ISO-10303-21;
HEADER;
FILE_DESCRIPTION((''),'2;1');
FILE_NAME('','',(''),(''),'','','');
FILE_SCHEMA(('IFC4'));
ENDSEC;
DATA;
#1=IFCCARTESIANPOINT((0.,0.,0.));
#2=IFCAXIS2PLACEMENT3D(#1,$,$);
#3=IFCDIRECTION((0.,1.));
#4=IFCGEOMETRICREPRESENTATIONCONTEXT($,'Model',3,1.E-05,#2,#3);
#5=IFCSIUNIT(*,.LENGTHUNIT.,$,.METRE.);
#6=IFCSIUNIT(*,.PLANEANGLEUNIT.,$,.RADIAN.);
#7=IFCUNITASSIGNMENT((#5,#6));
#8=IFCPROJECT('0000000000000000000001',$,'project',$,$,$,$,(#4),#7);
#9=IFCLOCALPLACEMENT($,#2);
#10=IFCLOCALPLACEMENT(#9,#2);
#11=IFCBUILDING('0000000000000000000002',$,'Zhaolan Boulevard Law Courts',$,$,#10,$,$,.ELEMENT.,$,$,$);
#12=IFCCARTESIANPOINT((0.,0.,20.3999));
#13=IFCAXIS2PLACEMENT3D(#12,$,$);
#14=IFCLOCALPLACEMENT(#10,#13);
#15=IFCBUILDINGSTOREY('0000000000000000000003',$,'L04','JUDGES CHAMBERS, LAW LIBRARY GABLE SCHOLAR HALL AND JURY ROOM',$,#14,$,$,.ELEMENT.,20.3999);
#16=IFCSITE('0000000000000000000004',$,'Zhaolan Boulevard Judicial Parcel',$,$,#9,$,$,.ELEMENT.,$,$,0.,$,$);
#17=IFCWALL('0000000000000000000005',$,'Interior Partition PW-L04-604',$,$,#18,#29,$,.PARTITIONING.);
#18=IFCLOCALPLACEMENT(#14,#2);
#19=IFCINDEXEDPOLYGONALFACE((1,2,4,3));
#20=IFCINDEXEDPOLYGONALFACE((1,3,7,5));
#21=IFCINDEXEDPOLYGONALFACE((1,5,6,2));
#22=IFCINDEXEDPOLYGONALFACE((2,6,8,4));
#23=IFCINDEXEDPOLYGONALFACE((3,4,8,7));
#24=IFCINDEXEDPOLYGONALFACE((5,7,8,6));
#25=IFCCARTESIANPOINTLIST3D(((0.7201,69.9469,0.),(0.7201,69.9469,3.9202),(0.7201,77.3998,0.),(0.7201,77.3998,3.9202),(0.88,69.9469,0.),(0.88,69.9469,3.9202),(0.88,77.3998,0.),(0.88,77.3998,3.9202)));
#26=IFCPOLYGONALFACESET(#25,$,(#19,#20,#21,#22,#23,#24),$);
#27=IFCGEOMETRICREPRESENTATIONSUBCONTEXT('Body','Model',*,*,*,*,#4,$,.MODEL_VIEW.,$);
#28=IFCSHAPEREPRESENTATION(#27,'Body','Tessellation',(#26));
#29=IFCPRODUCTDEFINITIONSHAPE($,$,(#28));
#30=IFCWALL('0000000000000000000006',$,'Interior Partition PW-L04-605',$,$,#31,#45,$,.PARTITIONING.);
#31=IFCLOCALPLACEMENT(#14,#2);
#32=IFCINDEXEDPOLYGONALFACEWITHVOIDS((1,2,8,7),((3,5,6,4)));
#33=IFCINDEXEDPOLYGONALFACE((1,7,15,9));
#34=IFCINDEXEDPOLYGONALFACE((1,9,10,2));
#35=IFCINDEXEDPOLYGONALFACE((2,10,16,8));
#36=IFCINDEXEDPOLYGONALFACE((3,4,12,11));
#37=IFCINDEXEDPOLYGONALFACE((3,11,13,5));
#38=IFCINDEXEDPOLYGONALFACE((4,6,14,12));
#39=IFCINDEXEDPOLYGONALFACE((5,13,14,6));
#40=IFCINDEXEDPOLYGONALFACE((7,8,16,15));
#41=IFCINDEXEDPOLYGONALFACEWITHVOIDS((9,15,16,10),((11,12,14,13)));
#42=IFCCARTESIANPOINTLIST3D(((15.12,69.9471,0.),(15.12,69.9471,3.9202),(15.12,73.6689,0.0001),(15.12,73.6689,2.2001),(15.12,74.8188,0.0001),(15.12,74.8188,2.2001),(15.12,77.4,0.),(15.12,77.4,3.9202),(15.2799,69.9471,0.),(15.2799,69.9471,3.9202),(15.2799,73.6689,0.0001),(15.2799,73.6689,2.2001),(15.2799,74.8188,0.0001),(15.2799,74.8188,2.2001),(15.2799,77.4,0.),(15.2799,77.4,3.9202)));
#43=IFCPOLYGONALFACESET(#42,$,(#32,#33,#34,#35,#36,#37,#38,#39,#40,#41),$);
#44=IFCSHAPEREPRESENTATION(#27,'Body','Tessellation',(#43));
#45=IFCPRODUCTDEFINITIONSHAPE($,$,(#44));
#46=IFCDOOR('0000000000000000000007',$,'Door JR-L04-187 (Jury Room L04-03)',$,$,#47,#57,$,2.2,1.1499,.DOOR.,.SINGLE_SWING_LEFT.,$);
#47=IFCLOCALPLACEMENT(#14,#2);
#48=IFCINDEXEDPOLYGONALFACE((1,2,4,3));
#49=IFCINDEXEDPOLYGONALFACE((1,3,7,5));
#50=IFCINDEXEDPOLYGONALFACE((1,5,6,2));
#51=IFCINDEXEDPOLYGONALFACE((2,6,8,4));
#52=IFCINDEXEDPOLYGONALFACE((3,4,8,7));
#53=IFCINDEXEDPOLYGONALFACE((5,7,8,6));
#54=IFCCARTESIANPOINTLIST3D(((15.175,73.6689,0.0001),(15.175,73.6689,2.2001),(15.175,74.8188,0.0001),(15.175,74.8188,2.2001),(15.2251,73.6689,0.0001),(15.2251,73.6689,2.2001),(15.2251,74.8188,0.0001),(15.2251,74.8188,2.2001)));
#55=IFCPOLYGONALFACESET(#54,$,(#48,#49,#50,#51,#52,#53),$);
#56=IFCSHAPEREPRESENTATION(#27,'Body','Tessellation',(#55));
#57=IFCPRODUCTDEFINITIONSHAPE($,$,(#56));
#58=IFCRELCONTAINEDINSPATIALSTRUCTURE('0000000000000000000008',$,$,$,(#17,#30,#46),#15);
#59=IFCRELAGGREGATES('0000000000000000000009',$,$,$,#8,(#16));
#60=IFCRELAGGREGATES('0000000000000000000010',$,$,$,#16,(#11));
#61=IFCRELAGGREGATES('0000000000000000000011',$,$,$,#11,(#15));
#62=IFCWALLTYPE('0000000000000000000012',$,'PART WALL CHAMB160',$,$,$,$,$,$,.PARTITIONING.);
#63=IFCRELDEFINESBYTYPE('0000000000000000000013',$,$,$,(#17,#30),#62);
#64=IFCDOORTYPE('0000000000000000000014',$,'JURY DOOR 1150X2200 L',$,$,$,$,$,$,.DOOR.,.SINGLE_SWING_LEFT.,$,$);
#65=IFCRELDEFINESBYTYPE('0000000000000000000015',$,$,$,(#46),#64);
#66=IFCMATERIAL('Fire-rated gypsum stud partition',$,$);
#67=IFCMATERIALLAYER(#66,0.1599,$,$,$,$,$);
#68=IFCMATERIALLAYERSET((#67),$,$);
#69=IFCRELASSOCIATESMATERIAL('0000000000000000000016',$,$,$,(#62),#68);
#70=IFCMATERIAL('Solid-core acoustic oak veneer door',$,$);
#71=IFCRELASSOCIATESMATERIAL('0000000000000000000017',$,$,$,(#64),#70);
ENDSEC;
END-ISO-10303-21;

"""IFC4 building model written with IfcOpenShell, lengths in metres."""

from ifc_helpers import new_model, si_unit, direction, frame, frame_2d, origin, place, context, subcontext, project, spatial, rectangle, extrude, material, layer, layer_set, type_object, element, fill, save


model = new_model("IFC4")

# Units and contexts
model_context = context("Model", 3, precision=1e-05, world=origin(), true_north=direction((0.0, 1.0)))
body_context = subcontext(model_context, "Body", "Model", "MODEL_VIEW")
ifc_project = project(units=[si_unit("LENGTHUNIT", "METRE"), si_unit("PLANEANGLEUNIT", "RADIAN")], contexts=[model_context])

# Site, building, storey
site_placement = place(None, origin())
site = spatial("IfcSite", under=ifc_project, at=site_placement, Name="Zhaolan Boulevard Judicial Parcel", CompositionType="ELEMENT", RefElevation=0.0)
building_placement = place(site_placement, origin())
building = spatial("IfcBuilding", under=site, at=building_placement, Name="Zhaolan Boulevard Law Courts", CompositionType="ELEMENT")
storey_placement = place(building_placement, frame((0.0, 0.0, 20.3999)))
storey = spatial("IfcBuildingStorey", under=building, at=storey_placement, Name="L04", Description="JUDGES CHAMBERS, LAW LIBRARY GABLE SCHOLAR HALL AND JURY ROOM", CompositionType="ELEMENT", Elevation=20.3999)

# Shared definitions
ifc_material_1 = material(Name="Fire-rated gypsum stud partition")
ifc_layer_1 = layer(ifc_material_1, 0.1599)
ifc_layer_set_1 = layer_set([ifc_layer_1])
wall_type_1 = type_object("IfcWallType", Name="PART WALL CHAMB160", PredefinedType="PARTITIONING", material=ifc_layer_set_1)

# Wall
wall_1_placement = place(storey_placement, frame((0.8, 77.3999, 0.0), z_axis=(0.0, 0.0, 1.0), x_axis=(0.0, -1.0, 0.0)))
element("IfcWall", 1, at=wall_1_placement, inside=storey, type_object=wall_type_1, Name="Interior Partition PW-L04-604", PredefinedType="PARTITIONING", context=body_context, shape_type="SweptSolid", body=[
    extrude(rectangle(XDim=7.4529, YDim=0.1599, at=frame_2d((3.7266, 0.0))), origin(), (0.0, 0.0, 1.0), 3.9202),
])

# Wall, opening, door
wall_2_placement = place(storey_placement, frame((15.2, 69.947, 0.0), z_axis=(0.0, 0.0, 1.0), x_axis=(0.0, 1.0, 0.0)))
wall_2 = element("IfcWall", 2, at=wall_2_placement, inside=storey, type_object=wall_type_1, Name="Interior Partition PW-L04-605", PredefinedType="PARTITIONING", context=body_context, shape_type="SweptSolid", body=[
    extrude(rectangle(XDim=7.4529, YDim=0.1599, at=frame_2d((3.7266, 0.0))), origin(), (0.0, 0.0, 1.0), 3.9202),
])
opening_1_placement = place(wall_2_placement, frame((3.7219, 0.0, 0.0)))
opening_1 = element("IfcOpeningElement", 3, at=opening_1_placement, cuts=wall_2, PredefinedType="OPENING", context=body_context, shape_type="SweptSolid", body=[
    extrude(rectangle(XDim=1.1499, YDim=2.2, at=frame_2d((0.575, 1.1001))), frame((0.0, 0.0898, 0.0), z_axis=(0.0, -1.0, 0.0), x_axis=(1.0, 0.0, 0.0)), (0.0, 0.0, 1.0), 0.1799),
])
ifc_material_2 = material(Name="Solid-core acoustic oak veneer door")
door_type_1 = type_object("IfcDoorType", Name="JURY DOOR 1150X2200 L", OperationType="SINGLE_SWING_LEFT", PredefinedType="DOOR", material=ifc_material_2)
door_1_placement = place(opening_1_placement, origin())
door_1 = element("IfcDoor", 4, at=door_1_placement, inside=storey, type_object=door_type_1, Name="Door JR-L04-187 (Jury Room L04-03)", OperationType="SINGLE_SWING_LEFT", OverallHeight=2.2, OverallWidth=1.1499, PredefinedType="DOOR", context=body_context, shape_type="SweptSolid", body=[
    extrude(rectangle(XDim=1.1499, YDim=2.2, at=frame_2d((0.575, 1.1001))), frame((0.0, 0.0249, 0.0), z_axis=(0.0, -1.0, 0.0), x_axis=(1.0, 0.0, 0.0)), (0.0, 0.0, 1.0), 0.05),
])
fill(opening_1, door_1)

save(model, "model.ifc")
